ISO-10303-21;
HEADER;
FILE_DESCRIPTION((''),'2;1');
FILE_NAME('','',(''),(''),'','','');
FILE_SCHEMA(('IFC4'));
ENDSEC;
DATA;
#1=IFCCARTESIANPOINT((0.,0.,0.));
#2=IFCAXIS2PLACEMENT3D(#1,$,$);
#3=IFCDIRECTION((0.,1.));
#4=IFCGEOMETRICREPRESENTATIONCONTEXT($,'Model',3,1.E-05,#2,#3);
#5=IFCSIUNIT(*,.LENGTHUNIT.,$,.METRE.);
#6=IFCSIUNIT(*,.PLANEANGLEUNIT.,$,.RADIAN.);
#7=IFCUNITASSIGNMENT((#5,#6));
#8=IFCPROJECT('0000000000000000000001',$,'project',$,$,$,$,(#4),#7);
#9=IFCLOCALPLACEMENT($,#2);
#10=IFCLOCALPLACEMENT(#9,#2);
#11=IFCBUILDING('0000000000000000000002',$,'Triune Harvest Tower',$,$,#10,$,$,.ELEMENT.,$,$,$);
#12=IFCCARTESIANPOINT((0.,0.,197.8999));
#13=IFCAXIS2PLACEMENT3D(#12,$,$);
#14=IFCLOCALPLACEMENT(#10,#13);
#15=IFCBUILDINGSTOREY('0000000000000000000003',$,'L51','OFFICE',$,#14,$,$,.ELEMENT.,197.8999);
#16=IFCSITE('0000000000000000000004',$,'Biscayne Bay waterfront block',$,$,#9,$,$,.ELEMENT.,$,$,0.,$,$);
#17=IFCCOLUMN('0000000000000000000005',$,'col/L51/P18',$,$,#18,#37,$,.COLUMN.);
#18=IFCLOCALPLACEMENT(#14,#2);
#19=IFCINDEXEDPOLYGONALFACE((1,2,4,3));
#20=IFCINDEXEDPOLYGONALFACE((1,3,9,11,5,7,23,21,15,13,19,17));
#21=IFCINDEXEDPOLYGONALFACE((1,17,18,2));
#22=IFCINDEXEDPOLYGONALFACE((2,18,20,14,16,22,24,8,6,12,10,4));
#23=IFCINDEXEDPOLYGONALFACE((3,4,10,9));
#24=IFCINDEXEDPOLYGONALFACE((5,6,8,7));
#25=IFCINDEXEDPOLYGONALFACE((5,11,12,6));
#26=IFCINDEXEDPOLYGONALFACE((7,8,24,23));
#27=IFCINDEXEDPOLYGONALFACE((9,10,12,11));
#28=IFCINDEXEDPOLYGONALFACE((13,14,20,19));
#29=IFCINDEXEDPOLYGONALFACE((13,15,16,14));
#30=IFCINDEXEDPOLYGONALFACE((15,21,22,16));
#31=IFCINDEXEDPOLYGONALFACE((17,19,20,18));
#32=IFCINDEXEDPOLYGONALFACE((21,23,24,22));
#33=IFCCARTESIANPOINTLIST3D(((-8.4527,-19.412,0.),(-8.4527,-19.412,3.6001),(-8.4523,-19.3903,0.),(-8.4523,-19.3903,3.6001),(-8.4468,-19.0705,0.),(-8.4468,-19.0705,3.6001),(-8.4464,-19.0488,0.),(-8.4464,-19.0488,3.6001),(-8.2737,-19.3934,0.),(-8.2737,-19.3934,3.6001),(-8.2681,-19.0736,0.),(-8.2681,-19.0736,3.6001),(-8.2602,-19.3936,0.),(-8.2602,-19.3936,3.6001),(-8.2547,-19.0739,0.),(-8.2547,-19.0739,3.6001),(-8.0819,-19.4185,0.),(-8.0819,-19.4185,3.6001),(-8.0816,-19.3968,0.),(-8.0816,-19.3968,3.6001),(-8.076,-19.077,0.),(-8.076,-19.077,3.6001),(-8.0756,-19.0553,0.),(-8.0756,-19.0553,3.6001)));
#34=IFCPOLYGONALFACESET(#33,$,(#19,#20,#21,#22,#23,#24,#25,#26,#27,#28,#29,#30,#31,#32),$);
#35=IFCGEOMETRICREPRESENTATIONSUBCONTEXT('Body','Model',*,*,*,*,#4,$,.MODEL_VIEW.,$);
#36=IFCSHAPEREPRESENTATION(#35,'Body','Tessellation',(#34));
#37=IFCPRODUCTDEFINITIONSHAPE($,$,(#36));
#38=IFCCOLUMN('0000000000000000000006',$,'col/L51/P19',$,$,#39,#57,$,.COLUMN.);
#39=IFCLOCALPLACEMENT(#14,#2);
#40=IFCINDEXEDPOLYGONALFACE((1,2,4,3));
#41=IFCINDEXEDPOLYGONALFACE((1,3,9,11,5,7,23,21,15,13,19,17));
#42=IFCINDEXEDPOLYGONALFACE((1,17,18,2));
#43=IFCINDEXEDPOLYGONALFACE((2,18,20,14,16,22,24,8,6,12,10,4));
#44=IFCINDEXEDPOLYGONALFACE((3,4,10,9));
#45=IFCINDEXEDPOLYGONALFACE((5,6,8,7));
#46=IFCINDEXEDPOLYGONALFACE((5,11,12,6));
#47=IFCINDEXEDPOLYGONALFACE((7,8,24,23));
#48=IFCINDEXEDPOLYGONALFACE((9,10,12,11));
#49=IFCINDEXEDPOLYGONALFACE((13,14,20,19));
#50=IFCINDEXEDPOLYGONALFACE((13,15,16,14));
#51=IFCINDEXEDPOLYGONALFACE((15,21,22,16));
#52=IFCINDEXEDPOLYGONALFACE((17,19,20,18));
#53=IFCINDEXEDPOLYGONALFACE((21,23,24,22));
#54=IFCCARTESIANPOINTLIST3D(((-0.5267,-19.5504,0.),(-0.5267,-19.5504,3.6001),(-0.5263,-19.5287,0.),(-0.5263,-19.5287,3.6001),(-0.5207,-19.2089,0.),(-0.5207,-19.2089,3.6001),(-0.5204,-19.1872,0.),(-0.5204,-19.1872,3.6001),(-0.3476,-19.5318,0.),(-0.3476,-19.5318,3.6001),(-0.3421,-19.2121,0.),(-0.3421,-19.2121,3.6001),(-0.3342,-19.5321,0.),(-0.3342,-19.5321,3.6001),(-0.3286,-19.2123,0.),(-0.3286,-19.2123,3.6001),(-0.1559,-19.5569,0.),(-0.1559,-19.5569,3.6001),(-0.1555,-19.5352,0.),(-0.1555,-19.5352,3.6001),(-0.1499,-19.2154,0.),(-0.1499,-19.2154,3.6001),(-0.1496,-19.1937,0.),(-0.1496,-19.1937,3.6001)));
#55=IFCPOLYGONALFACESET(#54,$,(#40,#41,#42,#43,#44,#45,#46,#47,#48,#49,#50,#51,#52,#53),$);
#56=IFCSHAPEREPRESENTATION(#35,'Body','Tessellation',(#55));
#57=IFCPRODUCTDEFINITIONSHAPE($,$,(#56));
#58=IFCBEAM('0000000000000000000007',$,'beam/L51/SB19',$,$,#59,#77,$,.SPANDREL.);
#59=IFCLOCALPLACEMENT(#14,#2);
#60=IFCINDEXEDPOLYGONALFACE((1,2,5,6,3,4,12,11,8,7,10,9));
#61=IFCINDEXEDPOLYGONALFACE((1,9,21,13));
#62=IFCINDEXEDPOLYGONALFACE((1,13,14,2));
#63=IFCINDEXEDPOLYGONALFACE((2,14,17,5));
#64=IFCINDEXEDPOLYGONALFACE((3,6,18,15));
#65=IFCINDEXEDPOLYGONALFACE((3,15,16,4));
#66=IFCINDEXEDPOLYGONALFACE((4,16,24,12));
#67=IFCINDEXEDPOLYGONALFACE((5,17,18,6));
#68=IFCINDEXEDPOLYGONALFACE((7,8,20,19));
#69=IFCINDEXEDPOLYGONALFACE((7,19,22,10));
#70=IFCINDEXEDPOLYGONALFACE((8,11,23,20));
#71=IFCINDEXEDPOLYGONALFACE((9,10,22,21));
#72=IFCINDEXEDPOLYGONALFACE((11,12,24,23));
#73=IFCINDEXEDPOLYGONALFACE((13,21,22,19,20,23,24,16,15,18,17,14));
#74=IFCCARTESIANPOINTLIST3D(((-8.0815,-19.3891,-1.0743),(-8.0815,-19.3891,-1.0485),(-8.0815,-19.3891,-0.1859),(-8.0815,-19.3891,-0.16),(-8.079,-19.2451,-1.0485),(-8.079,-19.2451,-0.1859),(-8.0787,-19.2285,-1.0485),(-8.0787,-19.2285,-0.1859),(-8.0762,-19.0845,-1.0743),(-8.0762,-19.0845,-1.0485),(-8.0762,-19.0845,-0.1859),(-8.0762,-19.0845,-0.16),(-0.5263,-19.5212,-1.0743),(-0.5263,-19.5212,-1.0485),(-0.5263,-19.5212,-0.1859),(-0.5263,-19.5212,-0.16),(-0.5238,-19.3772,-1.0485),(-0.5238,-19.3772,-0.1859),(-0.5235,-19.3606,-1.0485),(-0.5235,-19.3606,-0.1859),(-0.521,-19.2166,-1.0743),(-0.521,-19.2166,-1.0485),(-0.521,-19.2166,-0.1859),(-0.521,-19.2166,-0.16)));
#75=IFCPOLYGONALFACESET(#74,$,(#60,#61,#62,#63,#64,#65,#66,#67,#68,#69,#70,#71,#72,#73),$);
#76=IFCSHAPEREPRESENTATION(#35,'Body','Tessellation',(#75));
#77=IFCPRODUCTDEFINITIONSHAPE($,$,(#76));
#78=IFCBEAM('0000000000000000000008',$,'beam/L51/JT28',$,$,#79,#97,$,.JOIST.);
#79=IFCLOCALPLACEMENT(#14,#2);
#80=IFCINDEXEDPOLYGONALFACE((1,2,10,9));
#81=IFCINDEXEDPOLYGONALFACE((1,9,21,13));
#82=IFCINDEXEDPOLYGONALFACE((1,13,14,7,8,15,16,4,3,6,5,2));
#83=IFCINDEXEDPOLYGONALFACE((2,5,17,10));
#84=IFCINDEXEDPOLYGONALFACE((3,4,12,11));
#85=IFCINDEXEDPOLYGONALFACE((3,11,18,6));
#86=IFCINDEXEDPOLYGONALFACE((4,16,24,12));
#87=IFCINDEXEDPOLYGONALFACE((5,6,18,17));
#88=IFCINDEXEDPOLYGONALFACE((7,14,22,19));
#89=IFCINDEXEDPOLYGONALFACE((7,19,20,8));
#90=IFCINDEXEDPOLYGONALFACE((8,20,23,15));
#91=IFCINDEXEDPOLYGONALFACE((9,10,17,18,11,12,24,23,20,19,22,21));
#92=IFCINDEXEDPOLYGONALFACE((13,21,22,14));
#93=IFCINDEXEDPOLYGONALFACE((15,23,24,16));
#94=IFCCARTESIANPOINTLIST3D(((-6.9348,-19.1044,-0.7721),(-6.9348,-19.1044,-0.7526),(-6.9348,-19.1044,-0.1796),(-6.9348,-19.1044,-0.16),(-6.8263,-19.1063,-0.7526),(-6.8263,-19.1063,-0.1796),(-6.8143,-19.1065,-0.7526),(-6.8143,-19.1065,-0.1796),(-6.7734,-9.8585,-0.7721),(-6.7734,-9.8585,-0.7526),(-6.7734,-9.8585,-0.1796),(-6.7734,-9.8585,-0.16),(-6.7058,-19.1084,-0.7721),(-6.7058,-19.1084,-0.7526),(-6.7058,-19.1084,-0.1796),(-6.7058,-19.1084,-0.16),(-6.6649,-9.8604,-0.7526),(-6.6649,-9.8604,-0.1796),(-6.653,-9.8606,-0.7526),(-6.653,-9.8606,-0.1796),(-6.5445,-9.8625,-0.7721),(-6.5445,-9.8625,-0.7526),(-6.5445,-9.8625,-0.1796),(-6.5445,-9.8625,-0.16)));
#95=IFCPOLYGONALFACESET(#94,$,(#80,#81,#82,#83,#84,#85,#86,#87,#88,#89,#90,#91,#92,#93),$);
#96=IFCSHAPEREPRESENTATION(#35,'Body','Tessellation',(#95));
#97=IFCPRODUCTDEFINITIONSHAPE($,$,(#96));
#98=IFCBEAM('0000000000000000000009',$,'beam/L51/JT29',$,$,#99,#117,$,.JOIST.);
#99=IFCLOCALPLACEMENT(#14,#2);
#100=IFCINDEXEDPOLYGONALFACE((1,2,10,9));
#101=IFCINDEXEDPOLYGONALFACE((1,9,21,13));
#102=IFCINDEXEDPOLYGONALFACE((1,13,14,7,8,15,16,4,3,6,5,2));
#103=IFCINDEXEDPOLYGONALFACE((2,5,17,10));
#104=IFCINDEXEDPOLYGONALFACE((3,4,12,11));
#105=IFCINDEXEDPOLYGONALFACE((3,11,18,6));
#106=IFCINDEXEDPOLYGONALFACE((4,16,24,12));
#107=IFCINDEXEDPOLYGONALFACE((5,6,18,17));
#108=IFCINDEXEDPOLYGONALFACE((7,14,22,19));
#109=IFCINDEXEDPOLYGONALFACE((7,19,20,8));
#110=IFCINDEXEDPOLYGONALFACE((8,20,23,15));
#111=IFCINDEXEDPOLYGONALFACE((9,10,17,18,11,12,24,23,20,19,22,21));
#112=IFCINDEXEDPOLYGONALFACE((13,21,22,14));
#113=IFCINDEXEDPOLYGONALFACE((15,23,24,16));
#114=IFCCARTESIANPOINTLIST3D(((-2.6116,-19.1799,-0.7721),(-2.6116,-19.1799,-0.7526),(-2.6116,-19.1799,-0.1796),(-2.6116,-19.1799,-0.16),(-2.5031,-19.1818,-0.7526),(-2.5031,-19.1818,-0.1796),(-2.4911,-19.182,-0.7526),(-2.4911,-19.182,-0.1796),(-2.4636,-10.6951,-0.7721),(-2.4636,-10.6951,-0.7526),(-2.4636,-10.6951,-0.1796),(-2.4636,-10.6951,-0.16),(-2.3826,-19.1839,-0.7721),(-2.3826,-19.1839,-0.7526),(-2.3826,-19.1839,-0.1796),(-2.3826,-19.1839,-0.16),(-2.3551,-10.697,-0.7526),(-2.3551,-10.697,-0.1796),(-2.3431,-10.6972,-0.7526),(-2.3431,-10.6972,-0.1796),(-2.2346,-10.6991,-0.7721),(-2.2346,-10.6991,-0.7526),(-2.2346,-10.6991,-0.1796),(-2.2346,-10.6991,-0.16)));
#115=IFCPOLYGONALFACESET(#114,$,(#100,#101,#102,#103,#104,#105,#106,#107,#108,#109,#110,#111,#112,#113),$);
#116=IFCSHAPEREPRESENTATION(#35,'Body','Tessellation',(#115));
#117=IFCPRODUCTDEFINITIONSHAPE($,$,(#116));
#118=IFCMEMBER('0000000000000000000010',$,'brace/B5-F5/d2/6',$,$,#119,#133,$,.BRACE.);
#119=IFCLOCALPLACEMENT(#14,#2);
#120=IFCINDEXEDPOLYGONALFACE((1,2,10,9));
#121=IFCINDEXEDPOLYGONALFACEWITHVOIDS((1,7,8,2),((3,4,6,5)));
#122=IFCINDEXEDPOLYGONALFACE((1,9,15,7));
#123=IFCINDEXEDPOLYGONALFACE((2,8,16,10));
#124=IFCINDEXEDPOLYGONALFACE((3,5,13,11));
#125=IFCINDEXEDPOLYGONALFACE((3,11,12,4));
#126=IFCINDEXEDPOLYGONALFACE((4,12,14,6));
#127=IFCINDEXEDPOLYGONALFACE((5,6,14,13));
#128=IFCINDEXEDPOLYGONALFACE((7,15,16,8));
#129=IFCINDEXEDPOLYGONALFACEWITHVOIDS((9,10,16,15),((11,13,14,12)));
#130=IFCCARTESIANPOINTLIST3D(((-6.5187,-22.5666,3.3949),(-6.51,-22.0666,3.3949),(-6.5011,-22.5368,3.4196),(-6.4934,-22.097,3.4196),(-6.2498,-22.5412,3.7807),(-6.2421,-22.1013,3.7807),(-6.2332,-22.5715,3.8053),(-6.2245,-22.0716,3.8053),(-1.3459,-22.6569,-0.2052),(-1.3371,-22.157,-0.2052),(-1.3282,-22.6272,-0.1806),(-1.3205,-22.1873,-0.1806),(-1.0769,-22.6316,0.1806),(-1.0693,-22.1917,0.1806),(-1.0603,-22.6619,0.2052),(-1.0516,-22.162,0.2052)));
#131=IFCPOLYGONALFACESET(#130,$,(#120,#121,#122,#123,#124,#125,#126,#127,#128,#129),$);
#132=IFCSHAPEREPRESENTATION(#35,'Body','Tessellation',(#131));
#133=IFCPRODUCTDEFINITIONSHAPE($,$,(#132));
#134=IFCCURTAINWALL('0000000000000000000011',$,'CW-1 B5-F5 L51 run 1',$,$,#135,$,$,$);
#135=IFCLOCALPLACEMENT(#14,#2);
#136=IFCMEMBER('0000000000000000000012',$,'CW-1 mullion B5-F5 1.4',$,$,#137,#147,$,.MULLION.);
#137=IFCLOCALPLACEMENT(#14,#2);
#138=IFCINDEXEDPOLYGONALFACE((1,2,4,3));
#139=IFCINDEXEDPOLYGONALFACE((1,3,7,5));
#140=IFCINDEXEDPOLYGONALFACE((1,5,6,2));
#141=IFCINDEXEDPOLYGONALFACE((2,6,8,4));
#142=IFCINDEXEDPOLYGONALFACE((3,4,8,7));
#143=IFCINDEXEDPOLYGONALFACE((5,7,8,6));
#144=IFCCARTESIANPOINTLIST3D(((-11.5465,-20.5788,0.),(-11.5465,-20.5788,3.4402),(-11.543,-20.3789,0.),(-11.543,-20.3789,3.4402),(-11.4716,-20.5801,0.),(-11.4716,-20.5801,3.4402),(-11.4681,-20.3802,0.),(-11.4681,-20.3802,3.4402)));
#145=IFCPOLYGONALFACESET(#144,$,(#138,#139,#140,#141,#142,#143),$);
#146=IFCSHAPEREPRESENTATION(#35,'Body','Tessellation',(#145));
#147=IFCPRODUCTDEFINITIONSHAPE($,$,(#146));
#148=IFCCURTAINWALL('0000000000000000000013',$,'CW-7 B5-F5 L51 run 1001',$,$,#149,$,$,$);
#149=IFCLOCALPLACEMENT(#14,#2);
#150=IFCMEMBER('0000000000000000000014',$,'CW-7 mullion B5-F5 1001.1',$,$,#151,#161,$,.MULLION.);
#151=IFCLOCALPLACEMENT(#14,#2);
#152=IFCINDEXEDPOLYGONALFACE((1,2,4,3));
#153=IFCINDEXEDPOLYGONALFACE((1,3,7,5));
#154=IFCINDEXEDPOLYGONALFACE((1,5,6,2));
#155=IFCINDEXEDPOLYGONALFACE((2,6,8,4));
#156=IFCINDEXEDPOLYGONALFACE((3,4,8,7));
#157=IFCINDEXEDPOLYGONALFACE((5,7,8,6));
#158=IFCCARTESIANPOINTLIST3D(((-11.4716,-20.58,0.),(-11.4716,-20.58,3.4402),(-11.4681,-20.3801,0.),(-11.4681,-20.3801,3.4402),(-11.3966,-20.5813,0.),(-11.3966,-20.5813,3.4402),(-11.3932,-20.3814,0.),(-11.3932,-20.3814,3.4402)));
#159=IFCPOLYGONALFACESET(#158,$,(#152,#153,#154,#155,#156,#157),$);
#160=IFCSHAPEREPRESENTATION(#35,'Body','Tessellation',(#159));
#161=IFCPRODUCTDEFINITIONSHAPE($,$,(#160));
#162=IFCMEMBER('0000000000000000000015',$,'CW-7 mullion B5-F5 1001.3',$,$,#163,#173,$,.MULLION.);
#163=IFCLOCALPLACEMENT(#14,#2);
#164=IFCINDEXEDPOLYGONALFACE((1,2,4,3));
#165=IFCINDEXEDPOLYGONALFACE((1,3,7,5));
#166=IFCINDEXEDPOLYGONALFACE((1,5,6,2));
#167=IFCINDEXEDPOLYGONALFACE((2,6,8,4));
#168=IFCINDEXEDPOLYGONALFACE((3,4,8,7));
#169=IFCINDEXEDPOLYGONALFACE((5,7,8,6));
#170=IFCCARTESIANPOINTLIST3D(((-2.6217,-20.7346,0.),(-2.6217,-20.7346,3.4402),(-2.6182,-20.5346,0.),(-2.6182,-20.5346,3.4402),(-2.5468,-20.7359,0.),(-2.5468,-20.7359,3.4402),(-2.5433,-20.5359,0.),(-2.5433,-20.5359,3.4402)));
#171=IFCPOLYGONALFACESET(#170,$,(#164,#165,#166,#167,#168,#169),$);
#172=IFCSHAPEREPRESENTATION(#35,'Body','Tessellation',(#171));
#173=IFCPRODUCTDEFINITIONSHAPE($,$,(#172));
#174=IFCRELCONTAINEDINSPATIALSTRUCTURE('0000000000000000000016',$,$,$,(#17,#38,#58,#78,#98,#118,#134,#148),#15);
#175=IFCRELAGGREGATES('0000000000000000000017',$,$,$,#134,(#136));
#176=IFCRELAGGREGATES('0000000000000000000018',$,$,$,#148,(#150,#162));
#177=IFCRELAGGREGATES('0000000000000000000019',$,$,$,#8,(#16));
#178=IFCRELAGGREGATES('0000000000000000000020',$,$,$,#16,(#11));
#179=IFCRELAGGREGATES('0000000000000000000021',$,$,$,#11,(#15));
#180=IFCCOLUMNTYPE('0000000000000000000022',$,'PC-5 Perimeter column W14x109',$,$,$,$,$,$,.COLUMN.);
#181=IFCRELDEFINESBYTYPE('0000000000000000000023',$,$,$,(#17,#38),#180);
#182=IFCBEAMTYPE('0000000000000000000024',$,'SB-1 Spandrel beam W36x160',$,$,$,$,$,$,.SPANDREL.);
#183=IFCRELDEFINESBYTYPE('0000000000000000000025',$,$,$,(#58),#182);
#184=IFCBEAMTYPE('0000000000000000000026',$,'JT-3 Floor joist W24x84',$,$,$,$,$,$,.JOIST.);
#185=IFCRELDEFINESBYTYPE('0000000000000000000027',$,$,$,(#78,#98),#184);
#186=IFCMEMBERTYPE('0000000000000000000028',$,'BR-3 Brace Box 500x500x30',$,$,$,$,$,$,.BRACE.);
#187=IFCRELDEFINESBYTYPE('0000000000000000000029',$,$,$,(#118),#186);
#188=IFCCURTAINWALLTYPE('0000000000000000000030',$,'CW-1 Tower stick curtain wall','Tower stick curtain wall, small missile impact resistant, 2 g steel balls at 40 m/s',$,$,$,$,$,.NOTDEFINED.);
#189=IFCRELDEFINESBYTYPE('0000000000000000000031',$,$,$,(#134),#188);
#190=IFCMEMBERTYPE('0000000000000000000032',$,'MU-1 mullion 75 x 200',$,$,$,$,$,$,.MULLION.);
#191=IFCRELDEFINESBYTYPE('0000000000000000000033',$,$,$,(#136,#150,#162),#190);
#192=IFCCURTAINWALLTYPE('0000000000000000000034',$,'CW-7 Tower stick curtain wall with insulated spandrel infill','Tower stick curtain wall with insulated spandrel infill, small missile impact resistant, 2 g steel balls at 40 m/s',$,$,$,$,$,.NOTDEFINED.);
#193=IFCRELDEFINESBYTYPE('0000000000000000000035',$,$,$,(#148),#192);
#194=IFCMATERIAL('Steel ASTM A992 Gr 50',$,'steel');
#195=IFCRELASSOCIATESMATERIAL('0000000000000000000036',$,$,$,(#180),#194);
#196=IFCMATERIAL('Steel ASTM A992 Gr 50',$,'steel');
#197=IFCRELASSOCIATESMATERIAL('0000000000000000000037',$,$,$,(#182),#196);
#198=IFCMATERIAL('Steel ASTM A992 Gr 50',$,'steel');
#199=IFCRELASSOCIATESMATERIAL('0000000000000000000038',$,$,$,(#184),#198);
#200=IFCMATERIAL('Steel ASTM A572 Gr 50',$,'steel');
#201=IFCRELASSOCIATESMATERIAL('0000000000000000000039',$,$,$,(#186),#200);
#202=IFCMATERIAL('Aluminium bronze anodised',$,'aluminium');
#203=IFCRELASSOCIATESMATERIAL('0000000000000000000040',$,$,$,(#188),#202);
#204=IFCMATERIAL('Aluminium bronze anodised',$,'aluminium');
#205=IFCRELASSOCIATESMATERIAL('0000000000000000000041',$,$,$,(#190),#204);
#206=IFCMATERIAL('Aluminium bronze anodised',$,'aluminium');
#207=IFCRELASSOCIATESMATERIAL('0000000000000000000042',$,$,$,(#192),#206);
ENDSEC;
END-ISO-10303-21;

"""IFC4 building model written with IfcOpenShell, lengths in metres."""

from ifc_helpers import new_model, si_unit, direction, frame, origin, origin_2d, place, context, subcontext, project, spatial, rectangle, hollow_rectangle, i_section, extrude, source, transform, mapped, material, material_profile, profile_set, type_object, element, aggregate, save


model = new_model("IFC4")

# Units and contexts
model_context = context("Model", 3, precision=1e-05, world=origin(), true_north=direction((0.0, 1.0)))
body_context = subcontext(model_context, "Body", "Model", "MODEL_VIEW")
ifc_project = project(units=[si_unit("LENGTHUNIT", "METRE"), si_unit("PLANEANGLEUNIT", "RADIAN")], contexts=[model_context])

# Site, building, storey
site_placement = place(None, origin())
site = spatial("IfcSite", under=ifc_project, at=site_placement, Name="Biscayne Bay waterfront block", CompositionType="ELEMENT", RefElevation=0.0)
building_placement = place(site_placement, origin())
building = spatial("IfcBuilding", under=site, at=building_placement, Name="Triune Harvest Tower", CompositionType="ELEMENT")
storey_placement = place(building_placement, frame((0.0, 0.0, 197.8999)))
storey = spatial("IfcBuildingStorey", under=building, at=storey_placement, Name="L51", Description="OFFICE", CompositionType="ELEMENT", Elevation=197.8999)

# Columns
ifc_material_1 = material(Name="Steel ASTM A992 Gr 50", Category="steel")
ifc_material_profile_1 = material_profile(ifc_material_1, i_section(OverallWidth=0.3708, OverallDepth=0.3633, WebThickness=0.0134, FlangeThickness=0.0217, at=origin_2d()), Name="W14x109")
ifc_profile_set_1 = profile_set([ifc_material_profile_1], Name="Steel ASTM A992 Gr 50")
column_type = type_object("IfcColumnType", Name="PC-5 Perimeter column W14x109", PredefinedType="COLUMN", material=ifc_profile_set_1)
shared_shape_1 = source(origin(), body_context, "Body", "SweptSolid", [
    extrude(i_section(OverallWidth=0.3708, OverallDepth=0.3633, WebThickness=0.0134, FlangeThickness=0.0217, at=origin_2d()), origin(), (0.0, 0.0, 1.0), 3.6001),
])
for number, where, z_axis, x_axis, name in (
    (1, (-8.2642, -19.2336, 0.0), (0.0, 0.0, 1.0), (0.999848, -0.017452, 0.0), "col/L51/P18"),
    (2, (-0.3381, -19.3721, 0.0), (0.0, 0.0, 1.0), (0.999848, -0.017452, 0.0), "col/L51/P19"),
):
    element("IfcColumn", number, at=place(storey_placement, frame(where, z_axis=z_axis, x_axis=x_axis)), inside=storey, type_object=column_type, Name=name, PredefinedType="COLUMN", context=body_context, shape_type="MappedRepresentation", body=[
        mapped(shared_shape_1, transform((0.0, 0.0, 0.0), scale=1.0)),
    ])

# Beams
ifc_material_2 = material(Name="Steel ASTM A992 Gr 50", Category="steel")
ifc_material_profile_2 = material_profile(ifc_material_2, i_section(OverallWidth=0.3047, OverallDepth=0.9143, WebThickness=0.0166, FlangeThickness=0.0259, at=origin_2d()), Name="W36x160")
ifc_profile_set_2 = profile_set([ifc_material_profile_2], Name="Steel ASTM A992 Gr 50")
beam_type_1 = type_object("IfcBeamType", Name="SB-1 Spandrel beam W36x160", PredefinedType="SPANDREL", material=ifc_profile_set_2)
shared_shape_2 = source(origin(), body_context, "Body", "SweptSolid", [
    extrude(i_section(OverallWidth=0.3047, OverallDepth=0.9143, WebThickness=0.0166, FlangeThickness=0.0259, at=origin_2d()), origin(), (0.0, 0.0, 1.0), 7.5564),
])
beam_1_placement = place(storey_placement, frame((-8.0789, -19.2368, -0.6172), z_axis=(0.999847, -0.017479, 0.0), x_axis=(0.017479, 0.999847, 0.0)))
element("IfcBeam", 3, at=beam_1_placement, inside=storey, type_object=beam_type_1, Name="beam/L51/SB19", PredefinedType="SPANDREL", context=body_context, shape_type="MappedRepresentation", body=[
    mapped(shared_shape_2, transform((0.0, 0.0, 0.0), scale=1.0)),
])
ifc_material_3 = material(Name="Steel ASTM A992 Gr 50", Category="steel")
ifc_material_profile_3 = material_profile(ifc_material_3, i_section(OverallWidth=0.229, OverallDepth=0.6121, WebThickness=0.012, FlangeThickness=0.0195, at=origin_2d()), Name="W24x84")
ifc_profile_set_3 = profile_set([ifc_material_profile_3], Name="Steel ASTM A992 Gr 50")
beam_type_2 = type_object("IfcBeamType", Name="JT-3 Floor joist W24x84", PredefinedType="JOIST", material=ifc_profile_set_3)
shared_shape_3 = source(origin(), body_context, "Body", "SweptSolid", [
    extrude(i_section(OverallWidth=0.229, OverallDepth=0.6121, WebThickness=0.012, FlangeThickness=0.0195, at=origin_2d()), origin(), (0.0, 0.0, 1.0), 9.2473),
])
beam_2_placement = place(storey_placement, frame((-6.8203, -19.1064, -0.4661), z_axis=(0.017451, 0.999848, 0.0), x_axis=(-0.999848, 0.017451, 0.0)))
element("IfcBeam", 4, at=beam_2_placement, inside=storey, type_object=beam_type_2, Name="beam/L51/JT28", PredefinedType="JOIST", context=body_context, shape_type="MappedRepresentation", body=[
    mapped(shared_shape_3, transform((0.0, 0.0, 0.0), scale=1.0)),
])
shared_shape_4 = source(origin(), body_context, "Body", "SweptSolid", [
    extrude(i_section(OverallWidth=0.229, OverallDepth=0.6121, WebThickness=0.012, FlangeThickness=0.0195, at=origin_2d()), origin(), (0.0, 0.0, 1.0), 8.4861),
])
beam_3_placement = place(storey_placement, frame((-2.4971, -19.1819, -0.4661), z_axis=(0.017434, 0.999848, 0.0), x_axis=(-0.999848, 0.017434, 0.0)))
element("IfcBeam", 5, at=beam_3_placement, inside=storey, type_object=beam_type_2, Name="beam/L51/JT29", PredefinedType="JOIST", context=body_context, shape_type="MappedRepresentation", body=[
    mapped(shared_shape_4, transform((0.0, 0.0, 0.0), scale=1.0)),
])

# Member
ifc_material_4 = material(Name="Steel ASTM A572 Gr 50", Category="steel")
ifc_material_profile_4 = material_profile(ifc_material_4, hollow_rectangle(XDim=0.5, YDim=0.5, WallThickness=0.03, at=origin_2d()), Name="Box 500x500x30")
ifc_profile_set_4 = profile_set([ifc_material_profile_4], Name="Steel ASTM A572 Gr 50")
member_type_1 = type_object("IfcMemberType", Name="BR-3 Brace Box 500x500x30", PredefinedType="BRACE", material=ifc_profile_set_4)
shared_shape_5 = source(origin(), body_context, "Body", "SweptSolid", [
    extrude(hollow_rectangle(XDim=0.5, YDim=0.5, WallThickness=0.03, at=origin_2d()), origin(), (0.0, 0.0, 1.0), 6.303),
])
member_1_placement = place(storey_placement, frame((-1.1987, -22.4094, 0.0), z_axis=(-0.820702, 0.014332, 0.571176), x_axis=(-0.01746, -0.999848, 0.0)))
element("IfcMember", 6, at=member_1_placement, inside=storey, type_object=member_type_1, Name="brace/B5-F5/d2/6", PredefinedType="BRACE", context=body_context, shape_type="MappedRepresentation", body=[
    mapped(shared_shape_5, transform((0.0, 0.0, 0.0), scale=1.0)),
])

# Curtain wall, member
ifc_material_5 = material(Name="Aluminium bronze anodised", Category="aluminium")
curtain_wall_type_1 = type_object("IfcCurtainWallType", Name="CW-1 Tower stick curtain wall", Description="Tower stick curtain wall, small missile impact resistant, 2 g steel balls at 40 m/s", PredefinedType="NOTDEFINED", material=ifc_material_5)
curtain_wall_1_placement = place(storey_placement, origin())
curtain_wall_1 = element("IfcCurtainWall", 7, at=curtain_wall_1_placement, inside=storey, type_object=curtain_wall_type_1, Name="CW-1 B5-F5 L51 run 1")
ifc_material_6 = material(Name="Aluminium bronze anodised", Category="aluminium")
ifc_material_profile_5 = material_profile(ifc_material_6, rectangle(XDim=0.2, YDim=0.075, at=origin_2d()), Name="MU-1 mullion 75 x 200")
ifc_profile_set_5 = profile_set([ifc_material_profile_5], Name="Aluminium bronze anodised")
member_type_2 = type_object("IfcMemberType", Name="MU-1 mullion 75 x 200", PredefinedType="MULLION", material=ifc_profile_set_5)
shared_shape_6 = source(origin(), body_context, "Body", "SweptSolid", [
    extrude(rectangle(XDim=0.2, YDim=0.075, at=origin_2d()), origin(), (0.0, 0.0, 1.0), 3.4402),
])
member_2_placement = place(storey_placement, frame((-11.5073, -20.4795, 0.0), z_axis=(0.0, 0.0, 1.0), x_axis=(0.017455, 0.999848, 0.0)))
member_2 = element("IfcMember", 8, at=member_2_placement, type_object=member_type_2, Name="CW-1 mullion B5-F5 1.4", PredefinedType="MULLION", context=body_context, shape_type="MappedRepresentation", body=[
    mapped(shared_shape_6, transform((0.0, 0.0, 0.0), scale=1.0)),
])

# Curtain wall, members
ifc_material_7 = material(Name="Aluminium bronze anodised", Category="aluminium")
curtain_wall_type_2 = type_object("IfcCurtainWallType", Name="CW-7 Tower stick curtain wall with insulated spandrel infill", Description="Tower stick curtain wall with insulated spandrel infill, small missile impact resistant, 2 g steel balls at 40 m/s", PredefinedType="NOTDEFINED", material=ifc_material_7)
curtain_wall_2_placement = place(storey_placement, origin())
curtain_wall_2 = element("IfcCurtainWall", 9, at=curtain_wall_2_placement, inside=storey, type_object=curtain_wall_type_2, Name="CW-7 B5-F5 L51 run 1001")
member_3_placement = place(storey_placement, frame((-11.4324, -20.4807, 0.0), z_axis=(0.0, 0.0, 1.0), x_axis=(0.017447, 0.999848, 0.0)))
member_3 = element("IfcMember", 10, at=member_3_placement, type_object=member_type_2, Name="CW-7 mullion B5-F5 1001.1", PredefinedType="MULLION", context=body_context, shape_type="MappedRepresentation", body=[
    mapped(shared_shape_6, transform((0.0, 0.0, 0.0), scale=1.0)),
])
member_4_placement = place(storey_placement, frame((-2.5825, -20.6353, 0.0), z_axis=(0.0, 0.0, 1.0), x_axis=(0.017447, 0.999848, 0.0)))
member_4 = element("IfcMember", 11, at=member_4_placement, type_object=member_type_2, Name="CW-7 mullion B5-F5 1001.3", PredefinedType="MULLION", context=body_context, shape_type="MappedRepresentation", body=[
    mapped(shared_shape_6, transform((0.0, 0.0, 0.0), scale=1.0)),
])

aggregate(curtain_wall_1, [member_2])
aggregate(curtain_wall_2, [member_3, member_4])

save(model, "model.ifc")
